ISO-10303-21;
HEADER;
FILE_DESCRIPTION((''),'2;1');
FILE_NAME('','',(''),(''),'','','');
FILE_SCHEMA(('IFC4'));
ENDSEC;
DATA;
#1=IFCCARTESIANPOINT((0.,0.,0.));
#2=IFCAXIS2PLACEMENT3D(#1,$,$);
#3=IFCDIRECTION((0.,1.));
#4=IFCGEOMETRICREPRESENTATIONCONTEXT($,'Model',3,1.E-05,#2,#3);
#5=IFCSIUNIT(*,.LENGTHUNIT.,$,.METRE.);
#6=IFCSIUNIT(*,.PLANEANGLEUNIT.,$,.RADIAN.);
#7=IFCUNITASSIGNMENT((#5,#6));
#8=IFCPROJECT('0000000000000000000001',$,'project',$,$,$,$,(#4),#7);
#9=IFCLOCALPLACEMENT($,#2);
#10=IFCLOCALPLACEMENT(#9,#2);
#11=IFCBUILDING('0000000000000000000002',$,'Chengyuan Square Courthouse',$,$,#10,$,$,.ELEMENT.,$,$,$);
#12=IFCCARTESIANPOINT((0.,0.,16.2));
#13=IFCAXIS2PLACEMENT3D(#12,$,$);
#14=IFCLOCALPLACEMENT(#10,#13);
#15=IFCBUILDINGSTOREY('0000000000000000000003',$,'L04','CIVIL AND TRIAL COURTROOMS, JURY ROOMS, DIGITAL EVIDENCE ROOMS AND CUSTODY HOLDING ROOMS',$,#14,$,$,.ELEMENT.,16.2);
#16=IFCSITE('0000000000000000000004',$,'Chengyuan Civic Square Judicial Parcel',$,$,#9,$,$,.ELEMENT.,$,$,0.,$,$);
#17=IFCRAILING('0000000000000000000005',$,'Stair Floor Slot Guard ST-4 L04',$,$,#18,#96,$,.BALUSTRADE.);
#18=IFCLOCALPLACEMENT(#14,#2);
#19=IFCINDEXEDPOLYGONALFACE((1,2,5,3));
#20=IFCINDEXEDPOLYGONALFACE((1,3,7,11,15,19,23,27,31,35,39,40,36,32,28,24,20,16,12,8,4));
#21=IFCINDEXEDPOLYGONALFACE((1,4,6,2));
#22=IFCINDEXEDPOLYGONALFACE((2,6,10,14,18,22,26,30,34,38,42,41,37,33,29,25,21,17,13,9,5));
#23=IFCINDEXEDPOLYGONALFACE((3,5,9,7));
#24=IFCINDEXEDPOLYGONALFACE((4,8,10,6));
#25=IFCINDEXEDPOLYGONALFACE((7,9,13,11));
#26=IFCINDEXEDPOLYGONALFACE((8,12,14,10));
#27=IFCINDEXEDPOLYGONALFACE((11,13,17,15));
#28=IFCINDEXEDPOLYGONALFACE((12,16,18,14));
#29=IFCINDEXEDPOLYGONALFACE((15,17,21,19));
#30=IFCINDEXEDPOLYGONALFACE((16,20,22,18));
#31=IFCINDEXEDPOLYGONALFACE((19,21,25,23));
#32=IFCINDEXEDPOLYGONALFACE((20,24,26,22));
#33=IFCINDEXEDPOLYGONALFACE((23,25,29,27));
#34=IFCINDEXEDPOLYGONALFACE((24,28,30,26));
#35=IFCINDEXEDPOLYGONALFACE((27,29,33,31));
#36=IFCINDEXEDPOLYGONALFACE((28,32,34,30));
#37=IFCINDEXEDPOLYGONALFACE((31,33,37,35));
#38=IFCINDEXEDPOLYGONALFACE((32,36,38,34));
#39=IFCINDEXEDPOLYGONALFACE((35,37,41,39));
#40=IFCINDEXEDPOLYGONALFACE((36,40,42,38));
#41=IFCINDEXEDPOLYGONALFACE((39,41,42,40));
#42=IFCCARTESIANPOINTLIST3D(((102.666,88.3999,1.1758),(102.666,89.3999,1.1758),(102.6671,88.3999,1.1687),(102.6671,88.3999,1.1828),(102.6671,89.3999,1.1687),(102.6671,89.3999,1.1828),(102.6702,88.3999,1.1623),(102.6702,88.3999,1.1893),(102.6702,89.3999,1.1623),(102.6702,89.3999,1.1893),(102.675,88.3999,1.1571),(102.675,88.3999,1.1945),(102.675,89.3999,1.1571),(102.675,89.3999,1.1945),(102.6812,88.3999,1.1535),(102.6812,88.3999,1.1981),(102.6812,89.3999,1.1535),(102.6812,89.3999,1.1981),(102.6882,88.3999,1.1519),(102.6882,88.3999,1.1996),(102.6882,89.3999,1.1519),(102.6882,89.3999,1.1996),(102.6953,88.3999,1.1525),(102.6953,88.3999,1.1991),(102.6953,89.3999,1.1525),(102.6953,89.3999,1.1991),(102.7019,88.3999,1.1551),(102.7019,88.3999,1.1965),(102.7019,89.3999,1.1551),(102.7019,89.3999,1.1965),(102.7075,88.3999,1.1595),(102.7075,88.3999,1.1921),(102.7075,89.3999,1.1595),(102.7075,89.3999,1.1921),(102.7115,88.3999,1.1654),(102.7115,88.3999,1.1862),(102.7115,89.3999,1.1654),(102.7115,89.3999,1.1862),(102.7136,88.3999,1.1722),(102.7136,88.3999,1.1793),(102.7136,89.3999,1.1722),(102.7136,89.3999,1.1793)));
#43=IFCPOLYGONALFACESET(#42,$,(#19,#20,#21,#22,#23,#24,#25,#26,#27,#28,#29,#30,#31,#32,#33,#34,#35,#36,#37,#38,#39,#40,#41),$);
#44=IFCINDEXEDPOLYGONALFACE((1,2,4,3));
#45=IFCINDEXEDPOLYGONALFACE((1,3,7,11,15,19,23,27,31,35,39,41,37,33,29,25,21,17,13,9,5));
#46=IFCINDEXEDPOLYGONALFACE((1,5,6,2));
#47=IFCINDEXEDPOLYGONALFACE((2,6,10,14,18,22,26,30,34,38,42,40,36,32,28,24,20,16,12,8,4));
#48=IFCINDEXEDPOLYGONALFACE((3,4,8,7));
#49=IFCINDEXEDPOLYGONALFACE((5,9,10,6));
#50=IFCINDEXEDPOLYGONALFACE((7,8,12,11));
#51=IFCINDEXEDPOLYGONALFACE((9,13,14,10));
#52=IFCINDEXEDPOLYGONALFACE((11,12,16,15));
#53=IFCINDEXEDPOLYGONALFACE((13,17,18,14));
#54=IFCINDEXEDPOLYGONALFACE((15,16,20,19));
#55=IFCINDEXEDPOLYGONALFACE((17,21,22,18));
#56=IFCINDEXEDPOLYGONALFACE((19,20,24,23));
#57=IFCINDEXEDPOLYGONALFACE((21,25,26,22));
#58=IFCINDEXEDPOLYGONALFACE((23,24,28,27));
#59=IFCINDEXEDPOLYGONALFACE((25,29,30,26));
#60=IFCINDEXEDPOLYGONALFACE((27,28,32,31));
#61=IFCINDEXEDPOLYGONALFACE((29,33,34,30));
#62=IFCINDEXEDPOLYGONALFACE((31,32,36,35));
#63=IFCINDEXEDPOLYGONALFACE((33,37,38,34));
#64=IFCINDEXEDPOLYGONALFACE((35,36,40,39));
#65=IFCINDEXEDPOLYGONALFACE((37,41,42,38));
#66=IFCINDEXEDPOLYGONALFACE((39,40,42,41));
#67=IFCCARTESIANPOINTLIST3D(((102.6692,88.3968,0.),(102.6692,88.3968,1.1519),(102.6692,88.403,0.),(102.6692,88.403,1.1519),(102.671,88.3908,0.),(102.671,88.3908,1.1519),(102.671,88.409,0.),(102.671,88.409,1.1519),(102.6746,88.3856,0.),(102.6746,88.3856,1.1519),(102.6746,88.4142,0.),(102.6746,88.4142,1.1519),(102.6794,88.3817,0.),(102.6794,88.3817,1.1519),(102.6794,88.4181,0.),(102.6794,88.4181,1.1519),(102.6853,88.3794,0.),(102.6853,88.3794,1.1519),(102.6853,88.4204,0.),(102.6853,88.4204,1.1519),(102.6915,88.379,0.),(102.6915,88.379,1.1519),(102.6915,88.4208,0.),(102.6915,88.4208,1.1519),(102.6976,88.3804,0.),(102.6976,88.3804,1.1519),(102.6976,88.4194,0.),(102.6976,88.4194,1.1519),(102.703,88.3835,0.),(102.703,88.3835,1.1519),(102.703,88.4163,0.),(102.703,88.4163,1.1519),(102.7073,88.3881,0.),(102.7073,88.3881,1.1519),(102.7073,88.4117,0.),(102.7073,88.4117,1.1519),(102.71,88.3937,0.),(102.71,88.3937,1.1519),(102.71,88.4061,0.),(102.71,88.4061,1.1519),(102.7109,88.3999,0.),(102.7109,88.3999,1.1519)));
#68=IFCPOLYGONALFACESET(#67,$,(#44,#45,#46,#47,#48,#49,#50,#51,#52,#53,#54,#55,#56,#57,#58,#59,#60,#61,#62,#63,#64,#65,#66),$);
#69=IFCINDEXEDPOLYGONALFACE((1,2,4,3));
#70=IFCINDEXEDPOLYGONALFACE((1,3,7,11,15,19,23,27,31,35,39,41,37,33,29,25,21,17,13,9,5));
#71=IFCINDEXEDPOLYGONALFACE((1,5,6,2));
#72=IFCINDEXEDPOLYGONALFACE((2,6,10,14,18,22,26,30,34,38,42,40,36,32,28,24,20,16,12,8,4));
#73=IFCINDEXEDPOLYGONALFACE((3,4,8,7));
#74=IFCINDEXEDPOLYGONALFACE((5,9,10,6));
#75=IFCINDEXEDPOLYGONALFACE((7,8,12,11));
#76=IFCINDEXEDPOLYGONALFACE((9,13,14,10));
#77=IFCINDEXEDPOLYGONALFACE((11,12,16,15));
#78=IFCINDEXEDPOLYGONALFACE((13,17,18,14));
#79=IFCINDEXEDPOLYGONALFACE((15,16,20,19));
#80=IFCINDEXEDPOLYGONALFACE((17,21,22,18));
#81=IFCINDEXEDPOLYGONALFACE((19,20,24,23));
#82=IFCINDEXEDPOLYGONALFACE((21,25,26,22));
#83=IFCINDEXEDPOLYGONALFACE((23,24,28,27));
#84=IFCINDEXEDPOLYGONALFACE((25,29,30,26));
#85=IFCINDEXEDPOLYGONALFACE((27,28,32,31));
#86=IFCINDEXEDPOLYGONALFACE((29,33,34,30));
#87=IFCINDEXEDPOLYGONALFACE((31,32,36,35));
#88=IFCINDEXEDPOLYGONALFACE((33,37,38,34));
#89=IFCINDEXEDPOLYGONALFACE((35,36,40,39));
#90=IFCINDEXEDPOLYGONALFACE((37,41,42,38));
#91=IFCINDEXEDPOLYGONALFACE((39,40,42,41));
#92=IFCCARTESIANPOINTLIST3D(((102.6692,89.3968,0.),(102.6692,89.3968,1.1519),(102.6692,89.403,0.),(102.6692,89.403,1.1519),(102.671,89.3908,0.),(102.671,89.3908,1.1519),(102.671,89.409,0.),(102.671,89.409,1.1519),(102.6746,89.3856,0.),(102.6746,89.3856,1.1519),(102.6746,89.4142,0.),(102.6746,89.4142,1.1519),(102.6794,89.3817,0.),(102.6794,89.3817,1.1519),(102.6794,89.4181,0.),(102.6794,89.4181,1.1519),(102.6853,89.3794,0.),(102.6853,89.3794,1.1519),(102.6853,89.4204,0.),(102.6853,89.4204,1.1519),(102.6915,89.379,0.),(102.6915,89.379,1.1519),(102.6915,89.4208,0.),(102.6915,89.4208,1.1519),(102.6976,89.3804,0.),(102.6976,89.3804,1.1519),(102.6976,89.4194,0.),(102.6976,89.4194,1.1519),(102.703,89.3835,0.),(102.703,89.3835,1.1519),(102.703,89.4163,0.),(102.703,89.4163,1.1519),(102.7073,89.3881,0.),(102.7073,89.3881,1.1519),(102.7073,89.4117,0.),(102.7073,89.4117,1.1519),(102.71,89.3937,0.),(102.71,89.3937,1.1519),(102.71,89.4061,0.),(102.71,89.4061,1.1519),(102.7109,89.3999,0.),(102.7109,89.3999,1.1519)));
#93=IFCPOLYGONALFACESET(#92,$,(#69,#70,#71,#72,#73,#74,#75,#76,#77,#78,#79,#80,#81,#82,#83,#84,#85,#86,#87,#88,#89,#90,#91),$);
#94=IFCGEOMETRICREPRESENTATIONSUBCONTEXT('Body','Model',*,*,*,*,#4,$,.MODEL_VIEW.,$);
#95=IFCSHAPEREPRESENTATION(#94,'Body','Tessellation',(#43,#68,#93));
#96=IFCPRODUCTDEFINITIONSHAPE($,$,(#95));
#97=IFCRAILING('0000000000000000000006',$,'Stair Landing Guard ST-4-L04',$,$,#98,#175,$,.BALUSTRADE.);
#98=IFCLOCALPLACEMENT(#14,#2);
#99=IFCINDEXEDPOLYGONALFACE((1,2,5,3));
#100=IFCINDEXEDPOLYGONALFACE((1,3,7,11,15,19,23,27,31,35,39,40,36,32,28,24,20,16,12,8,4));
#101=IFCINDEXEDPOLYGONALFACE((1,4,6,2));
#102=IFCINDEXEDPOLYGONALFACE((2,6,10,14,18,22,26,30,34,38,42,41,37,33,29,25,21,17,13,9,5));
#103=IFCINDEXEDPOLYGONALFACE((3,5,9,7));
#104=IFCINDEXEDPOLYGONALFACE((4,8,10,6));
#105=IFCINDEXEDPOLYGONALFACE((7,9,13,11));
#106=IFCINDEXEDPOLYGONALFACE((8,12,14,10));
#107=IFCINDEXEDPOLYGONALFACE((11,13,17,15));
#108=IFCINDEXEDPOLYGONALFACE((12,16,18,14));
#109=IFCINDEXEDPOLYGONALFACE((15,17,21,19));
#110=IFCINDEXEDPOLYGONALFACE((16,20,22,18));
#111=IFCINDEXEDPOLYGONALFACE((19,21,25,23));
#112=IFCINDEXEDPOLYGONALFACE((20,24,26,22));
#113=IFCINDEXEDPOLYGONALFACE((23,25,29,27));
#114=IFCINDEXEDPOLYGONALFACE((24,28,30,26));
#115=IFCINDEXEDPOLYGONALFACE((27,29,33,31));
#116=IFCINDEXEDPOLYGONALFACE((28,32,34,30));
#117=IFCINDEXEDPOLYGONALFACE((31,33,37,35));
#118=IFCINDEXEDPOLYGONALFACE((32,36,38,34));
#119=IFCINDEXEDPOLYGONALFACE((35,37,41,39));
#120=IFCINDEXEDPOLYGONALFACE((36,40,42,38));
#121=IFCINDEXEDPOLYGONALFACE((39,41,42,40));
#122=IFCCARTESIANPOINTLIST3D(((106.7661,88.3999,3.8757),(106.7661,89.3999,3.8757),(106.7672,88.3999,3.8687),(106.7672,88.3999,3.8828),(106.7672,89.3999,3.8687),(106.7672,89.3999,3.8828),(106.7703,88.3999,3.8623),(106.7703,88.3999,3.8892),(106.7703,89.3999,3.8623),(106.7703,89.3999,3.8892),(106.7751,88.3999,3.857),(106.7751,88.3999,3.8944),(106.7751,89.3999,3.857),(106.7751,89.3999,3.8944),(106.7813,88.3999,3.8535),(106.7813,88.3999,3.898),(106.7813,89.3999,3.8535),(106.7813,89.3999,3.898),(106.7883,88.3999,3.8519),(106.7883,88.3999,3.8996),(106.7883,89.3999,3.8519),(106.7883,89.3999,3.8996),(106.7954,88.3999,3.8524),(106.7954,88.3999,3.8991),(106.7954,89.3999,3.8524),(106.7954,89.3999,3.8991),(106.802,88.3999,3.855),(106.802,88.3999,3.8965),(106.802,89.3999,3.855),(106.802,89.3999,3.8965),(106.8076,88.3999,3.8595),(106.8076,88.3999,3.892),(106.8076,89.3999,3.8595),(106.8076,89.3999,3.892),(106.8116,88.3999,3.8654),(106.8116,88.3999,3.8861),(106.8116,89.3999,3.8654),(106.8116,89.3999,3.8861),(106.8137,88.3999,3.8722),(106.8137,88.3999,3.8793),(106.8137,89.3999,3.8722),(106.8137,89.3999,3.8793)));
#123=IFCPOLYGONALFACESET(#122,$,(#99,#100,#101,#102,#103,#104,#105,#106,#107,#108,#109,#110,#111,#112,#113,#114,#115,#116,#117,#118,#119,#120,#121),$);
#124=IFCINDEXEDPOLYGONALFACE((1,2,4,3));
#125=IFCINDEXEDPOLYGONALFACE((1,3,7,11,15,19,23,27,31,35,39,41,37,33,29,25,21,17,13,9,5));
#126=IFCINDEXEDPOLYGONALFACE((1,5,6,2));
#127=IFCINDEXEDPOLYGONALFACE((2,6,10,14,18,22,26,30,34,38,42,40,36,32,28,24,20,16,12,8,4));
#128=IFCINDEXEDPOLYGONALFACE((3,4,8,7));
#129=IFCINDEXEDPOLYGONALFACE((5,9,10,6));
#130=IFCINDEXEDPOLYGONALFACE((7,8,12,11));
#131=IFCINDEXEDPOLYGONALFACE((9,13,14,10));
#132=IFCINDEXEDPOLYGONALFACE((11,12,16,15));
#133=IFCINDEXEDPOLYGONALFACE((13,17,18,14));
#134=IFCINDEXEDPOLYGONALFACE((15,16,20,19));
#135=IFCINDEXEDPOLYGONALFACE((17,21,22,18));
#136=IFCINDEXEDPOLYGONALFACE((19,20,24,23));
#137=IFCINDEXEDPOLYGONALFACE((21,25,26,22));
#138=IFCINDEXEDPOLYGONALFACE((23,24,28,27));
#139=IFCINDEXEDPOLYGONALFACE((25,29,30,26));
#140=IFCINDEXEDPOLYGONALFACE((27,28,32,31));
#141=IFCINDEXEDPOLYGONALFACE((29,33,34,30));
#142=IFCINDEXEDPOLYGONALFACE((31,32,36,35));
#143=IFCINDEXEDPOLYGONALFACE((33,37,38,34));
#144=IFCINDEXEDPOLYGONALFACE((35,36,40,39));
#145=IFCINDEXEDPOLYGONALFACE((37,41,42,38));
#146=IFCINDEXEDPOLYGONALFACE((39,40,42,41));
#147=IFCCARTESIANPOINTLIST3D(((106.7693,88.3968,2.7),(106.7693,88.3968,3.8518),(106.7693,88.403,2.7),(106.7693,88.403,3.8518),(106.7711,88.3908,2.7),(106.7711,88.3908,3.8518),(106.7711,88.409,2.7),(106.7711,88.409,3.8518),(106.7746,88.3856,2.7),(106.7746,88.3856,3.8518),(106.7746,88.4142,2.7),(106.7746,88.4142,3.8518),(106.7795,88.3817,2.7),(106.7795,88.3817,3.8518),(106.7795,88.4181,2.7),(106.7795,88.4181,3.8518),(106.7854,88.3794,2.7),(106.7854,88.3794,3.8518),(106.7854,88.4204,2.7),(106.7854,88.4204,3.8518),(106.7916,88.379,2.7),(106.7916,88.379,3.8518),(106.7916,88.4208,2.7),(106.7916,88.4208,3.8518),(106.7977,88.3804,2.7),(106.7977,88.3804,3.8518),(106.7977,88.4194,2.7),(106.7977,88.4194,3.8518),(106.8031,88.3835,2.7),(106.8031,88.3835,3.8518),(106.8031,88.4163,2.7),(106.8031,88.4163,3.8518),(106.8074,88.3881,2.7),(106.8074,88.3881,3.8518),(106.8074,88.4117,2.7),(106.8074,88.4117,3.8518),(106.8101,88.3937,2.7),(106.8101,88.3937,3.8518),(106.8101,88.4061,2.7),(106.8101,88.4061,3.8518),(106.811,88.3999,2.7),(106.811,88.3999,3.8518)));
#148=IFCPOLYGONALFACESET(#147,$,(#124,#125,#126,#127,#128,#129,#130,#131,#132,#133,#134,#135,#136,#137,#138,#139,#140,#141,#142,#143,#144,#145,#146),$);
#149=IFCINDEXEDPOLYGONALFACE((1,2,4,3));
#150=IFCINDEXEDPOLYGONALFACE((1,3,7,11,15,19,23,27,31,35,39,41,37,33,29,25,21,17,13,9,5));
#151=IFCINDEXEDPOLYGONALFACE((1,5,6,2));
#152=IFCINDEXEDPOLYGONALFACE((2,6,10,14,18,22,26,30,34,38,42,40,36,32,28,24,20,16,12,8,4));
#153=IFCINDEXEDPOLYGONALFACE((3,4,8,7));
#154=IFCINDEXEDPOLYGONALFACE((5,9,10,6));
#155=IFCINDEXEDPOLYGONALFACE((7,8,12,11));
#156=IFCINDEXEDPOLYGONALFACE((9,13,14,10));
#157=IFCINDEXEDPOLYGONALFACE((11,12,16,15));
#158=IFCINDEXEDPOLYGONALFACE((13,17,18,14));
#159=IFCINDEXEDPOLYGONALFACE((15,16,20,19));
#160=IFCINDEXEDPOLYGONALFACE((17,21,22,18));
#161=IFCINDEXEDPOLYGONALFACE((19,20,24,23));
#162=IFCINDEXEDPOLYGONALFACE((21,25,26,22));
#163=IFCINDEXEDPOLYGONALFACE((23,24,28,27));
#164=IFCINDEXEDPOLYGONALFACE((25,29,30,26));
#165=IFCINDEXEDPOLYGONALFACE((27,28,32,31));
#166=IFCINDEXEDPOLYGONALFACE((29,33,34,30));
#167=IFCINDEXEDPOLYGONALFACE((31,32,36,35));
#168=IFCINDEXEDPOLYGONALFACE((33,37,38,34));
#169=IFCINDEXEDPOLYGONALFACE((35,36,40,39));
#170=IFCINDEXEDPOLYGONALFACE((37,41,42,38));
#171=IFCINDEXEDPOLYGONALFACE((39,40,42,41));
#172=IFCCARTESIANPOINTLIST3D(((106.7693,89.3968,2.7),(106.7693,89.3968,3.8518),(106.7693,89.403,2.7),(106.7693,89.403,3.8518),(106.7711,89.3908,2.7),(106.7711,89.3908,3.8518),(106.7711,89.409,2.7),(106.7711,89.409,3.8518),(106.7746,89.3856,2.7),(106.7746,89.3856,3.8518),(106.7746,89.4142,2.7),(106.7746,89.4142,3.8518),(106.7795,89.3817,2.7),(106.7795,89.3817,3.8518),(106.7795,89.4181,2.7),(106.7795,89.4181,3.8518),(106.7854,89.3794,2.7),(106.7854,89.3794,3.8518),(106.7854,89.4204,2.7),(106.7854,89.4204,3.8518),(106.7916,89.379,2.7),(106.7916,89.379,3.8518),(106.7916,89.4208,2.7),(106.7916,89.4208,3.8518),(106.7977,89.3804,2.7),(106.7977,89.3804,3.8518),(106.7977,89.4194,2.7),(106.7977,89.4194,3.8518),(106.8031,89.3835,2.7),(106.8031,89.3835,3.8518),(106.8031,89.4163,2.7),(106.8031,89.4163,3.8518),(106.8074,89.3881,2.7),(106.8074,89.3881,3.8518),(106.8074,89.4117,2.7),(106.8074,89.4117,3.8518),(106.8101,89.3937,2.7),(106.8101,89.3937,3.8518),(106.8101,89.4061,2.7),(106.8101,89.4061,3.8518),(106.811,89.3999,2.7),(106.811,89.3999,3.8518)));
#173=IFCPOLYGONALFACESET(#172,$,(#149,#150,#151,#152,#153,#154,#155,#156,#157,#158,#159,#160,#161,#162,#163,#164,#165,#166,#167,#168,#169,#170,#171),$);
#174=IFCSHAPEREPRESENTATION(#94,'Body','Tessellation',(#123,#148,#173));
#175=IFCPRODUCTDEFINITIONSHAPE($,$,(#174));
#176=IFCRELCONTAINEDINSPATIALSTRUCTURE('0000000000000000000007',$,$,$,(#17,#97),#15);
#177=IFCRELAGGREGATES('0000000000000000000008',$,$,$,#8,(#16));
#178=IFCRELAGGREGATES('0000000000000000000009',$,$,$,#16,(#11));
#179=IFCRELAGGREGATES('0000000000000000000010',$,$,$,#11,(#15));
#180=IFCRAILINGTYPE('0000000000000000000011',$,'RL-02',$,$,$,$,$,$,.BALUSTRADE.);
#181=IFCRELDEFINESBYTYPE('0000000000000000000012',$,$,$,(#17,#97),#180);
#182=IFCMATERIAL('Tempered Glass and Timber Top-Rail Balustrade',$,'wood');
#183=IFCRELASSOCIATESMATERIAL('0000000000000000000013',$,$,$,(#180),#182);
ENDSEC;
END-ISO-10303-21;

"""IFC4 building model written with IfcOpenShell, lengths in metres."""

from ifc_helpers import new_model, si_unit, direction, frame, origin, origin_2d, place, context, subcontext, project, spatial, circle, extrude, material, type_object, element, save


model = new_model("IFC4")

# Units and contexts
model_context = context("Model", 3, precision=1e-05, world=origin(), true_north=direction((0.0, 1.0)))
body_context = subcontext(model_context, "Body", "Model", "MODEL_VIEW")
ifc_project = project(units=[si_unit("LENGTHUNIT", "METRE"), si_unit("PLANEANGLEUNIT", "RADIAN")], contexts=[model_context])

# Site, building, storey
site_placement = place(None, origin())
site = spatial("IfcSite", under=ifc_project, at=site_placement, Name="Chengyuan Civic Square Judicial Parcel", CompositionType="ELEMENT", RefElevation=0.0)
building_placement = place(site_placement, origin())
building = spatial("IfcBuilding", under=site, at=building_placement, Name="Chengyuan Square Courthouse", CompositionType="ELEMENT")
storey_placement = place(building_placement, frame((0.0, 0.0, 16.2)))
storey = spatial("IfcBuildingStorey", under=building, at=storey_placement, Name="L04", Description="CIVIL AND TRIAL COURTROOMS, JURY ROOMS, DIGITAL EVIDENCE ROOMS AND CUSTODY HOLDING ROOMS", CompositionType="ELEMENT", Elevation=16.2)

# Railings
ifc_material_1 = material(Name="Tempered Glass and Timber Top-Rail Balustrade", Category="wood")
railing_type_1 = type_object("IfcRailingType", Name="RL-02", PredefinedType="BALUSTRADE", material=ifc_material_1)
for number, where, name in (
    (1, (102.6899, 88.3999, 0.0), "Stair Floor Slot Guard ST-4 L04"),
    (2, (106.79, 88.3999, 2.7), "Stair Landing Guard ST-4-L04"),
):
    element("IfcRailing", number, at=place(storey_placement, frame(where)), inside=storey, type_object=railing_type_1, Name=name, PredefinedType="BALUSTRADE", context=body_context, shape_type="SweptSolid", body=[
        extrude(circle(Radius=0.0239, at=origin_2d()), frame((0.0, 0.0, 1.1758), z_axis=(0.0, 1.0, 0.0), x_axis=(-1.0, 0.0, 0.0)), (0.0, 0.0, 1.0), 1.0),
        extrude(circle(Radius=0.021, at=origin_2d()), origin(), (0.0, 0.0, 1.0), 1.1519),
        extrude(circle(Radius=0.021, at=origin_2d()), frame((0.0, 1.0, 0.0)), (0.0, 0.0, 1.0), 1.1519),
    ])

save(model, "model.ifc")
